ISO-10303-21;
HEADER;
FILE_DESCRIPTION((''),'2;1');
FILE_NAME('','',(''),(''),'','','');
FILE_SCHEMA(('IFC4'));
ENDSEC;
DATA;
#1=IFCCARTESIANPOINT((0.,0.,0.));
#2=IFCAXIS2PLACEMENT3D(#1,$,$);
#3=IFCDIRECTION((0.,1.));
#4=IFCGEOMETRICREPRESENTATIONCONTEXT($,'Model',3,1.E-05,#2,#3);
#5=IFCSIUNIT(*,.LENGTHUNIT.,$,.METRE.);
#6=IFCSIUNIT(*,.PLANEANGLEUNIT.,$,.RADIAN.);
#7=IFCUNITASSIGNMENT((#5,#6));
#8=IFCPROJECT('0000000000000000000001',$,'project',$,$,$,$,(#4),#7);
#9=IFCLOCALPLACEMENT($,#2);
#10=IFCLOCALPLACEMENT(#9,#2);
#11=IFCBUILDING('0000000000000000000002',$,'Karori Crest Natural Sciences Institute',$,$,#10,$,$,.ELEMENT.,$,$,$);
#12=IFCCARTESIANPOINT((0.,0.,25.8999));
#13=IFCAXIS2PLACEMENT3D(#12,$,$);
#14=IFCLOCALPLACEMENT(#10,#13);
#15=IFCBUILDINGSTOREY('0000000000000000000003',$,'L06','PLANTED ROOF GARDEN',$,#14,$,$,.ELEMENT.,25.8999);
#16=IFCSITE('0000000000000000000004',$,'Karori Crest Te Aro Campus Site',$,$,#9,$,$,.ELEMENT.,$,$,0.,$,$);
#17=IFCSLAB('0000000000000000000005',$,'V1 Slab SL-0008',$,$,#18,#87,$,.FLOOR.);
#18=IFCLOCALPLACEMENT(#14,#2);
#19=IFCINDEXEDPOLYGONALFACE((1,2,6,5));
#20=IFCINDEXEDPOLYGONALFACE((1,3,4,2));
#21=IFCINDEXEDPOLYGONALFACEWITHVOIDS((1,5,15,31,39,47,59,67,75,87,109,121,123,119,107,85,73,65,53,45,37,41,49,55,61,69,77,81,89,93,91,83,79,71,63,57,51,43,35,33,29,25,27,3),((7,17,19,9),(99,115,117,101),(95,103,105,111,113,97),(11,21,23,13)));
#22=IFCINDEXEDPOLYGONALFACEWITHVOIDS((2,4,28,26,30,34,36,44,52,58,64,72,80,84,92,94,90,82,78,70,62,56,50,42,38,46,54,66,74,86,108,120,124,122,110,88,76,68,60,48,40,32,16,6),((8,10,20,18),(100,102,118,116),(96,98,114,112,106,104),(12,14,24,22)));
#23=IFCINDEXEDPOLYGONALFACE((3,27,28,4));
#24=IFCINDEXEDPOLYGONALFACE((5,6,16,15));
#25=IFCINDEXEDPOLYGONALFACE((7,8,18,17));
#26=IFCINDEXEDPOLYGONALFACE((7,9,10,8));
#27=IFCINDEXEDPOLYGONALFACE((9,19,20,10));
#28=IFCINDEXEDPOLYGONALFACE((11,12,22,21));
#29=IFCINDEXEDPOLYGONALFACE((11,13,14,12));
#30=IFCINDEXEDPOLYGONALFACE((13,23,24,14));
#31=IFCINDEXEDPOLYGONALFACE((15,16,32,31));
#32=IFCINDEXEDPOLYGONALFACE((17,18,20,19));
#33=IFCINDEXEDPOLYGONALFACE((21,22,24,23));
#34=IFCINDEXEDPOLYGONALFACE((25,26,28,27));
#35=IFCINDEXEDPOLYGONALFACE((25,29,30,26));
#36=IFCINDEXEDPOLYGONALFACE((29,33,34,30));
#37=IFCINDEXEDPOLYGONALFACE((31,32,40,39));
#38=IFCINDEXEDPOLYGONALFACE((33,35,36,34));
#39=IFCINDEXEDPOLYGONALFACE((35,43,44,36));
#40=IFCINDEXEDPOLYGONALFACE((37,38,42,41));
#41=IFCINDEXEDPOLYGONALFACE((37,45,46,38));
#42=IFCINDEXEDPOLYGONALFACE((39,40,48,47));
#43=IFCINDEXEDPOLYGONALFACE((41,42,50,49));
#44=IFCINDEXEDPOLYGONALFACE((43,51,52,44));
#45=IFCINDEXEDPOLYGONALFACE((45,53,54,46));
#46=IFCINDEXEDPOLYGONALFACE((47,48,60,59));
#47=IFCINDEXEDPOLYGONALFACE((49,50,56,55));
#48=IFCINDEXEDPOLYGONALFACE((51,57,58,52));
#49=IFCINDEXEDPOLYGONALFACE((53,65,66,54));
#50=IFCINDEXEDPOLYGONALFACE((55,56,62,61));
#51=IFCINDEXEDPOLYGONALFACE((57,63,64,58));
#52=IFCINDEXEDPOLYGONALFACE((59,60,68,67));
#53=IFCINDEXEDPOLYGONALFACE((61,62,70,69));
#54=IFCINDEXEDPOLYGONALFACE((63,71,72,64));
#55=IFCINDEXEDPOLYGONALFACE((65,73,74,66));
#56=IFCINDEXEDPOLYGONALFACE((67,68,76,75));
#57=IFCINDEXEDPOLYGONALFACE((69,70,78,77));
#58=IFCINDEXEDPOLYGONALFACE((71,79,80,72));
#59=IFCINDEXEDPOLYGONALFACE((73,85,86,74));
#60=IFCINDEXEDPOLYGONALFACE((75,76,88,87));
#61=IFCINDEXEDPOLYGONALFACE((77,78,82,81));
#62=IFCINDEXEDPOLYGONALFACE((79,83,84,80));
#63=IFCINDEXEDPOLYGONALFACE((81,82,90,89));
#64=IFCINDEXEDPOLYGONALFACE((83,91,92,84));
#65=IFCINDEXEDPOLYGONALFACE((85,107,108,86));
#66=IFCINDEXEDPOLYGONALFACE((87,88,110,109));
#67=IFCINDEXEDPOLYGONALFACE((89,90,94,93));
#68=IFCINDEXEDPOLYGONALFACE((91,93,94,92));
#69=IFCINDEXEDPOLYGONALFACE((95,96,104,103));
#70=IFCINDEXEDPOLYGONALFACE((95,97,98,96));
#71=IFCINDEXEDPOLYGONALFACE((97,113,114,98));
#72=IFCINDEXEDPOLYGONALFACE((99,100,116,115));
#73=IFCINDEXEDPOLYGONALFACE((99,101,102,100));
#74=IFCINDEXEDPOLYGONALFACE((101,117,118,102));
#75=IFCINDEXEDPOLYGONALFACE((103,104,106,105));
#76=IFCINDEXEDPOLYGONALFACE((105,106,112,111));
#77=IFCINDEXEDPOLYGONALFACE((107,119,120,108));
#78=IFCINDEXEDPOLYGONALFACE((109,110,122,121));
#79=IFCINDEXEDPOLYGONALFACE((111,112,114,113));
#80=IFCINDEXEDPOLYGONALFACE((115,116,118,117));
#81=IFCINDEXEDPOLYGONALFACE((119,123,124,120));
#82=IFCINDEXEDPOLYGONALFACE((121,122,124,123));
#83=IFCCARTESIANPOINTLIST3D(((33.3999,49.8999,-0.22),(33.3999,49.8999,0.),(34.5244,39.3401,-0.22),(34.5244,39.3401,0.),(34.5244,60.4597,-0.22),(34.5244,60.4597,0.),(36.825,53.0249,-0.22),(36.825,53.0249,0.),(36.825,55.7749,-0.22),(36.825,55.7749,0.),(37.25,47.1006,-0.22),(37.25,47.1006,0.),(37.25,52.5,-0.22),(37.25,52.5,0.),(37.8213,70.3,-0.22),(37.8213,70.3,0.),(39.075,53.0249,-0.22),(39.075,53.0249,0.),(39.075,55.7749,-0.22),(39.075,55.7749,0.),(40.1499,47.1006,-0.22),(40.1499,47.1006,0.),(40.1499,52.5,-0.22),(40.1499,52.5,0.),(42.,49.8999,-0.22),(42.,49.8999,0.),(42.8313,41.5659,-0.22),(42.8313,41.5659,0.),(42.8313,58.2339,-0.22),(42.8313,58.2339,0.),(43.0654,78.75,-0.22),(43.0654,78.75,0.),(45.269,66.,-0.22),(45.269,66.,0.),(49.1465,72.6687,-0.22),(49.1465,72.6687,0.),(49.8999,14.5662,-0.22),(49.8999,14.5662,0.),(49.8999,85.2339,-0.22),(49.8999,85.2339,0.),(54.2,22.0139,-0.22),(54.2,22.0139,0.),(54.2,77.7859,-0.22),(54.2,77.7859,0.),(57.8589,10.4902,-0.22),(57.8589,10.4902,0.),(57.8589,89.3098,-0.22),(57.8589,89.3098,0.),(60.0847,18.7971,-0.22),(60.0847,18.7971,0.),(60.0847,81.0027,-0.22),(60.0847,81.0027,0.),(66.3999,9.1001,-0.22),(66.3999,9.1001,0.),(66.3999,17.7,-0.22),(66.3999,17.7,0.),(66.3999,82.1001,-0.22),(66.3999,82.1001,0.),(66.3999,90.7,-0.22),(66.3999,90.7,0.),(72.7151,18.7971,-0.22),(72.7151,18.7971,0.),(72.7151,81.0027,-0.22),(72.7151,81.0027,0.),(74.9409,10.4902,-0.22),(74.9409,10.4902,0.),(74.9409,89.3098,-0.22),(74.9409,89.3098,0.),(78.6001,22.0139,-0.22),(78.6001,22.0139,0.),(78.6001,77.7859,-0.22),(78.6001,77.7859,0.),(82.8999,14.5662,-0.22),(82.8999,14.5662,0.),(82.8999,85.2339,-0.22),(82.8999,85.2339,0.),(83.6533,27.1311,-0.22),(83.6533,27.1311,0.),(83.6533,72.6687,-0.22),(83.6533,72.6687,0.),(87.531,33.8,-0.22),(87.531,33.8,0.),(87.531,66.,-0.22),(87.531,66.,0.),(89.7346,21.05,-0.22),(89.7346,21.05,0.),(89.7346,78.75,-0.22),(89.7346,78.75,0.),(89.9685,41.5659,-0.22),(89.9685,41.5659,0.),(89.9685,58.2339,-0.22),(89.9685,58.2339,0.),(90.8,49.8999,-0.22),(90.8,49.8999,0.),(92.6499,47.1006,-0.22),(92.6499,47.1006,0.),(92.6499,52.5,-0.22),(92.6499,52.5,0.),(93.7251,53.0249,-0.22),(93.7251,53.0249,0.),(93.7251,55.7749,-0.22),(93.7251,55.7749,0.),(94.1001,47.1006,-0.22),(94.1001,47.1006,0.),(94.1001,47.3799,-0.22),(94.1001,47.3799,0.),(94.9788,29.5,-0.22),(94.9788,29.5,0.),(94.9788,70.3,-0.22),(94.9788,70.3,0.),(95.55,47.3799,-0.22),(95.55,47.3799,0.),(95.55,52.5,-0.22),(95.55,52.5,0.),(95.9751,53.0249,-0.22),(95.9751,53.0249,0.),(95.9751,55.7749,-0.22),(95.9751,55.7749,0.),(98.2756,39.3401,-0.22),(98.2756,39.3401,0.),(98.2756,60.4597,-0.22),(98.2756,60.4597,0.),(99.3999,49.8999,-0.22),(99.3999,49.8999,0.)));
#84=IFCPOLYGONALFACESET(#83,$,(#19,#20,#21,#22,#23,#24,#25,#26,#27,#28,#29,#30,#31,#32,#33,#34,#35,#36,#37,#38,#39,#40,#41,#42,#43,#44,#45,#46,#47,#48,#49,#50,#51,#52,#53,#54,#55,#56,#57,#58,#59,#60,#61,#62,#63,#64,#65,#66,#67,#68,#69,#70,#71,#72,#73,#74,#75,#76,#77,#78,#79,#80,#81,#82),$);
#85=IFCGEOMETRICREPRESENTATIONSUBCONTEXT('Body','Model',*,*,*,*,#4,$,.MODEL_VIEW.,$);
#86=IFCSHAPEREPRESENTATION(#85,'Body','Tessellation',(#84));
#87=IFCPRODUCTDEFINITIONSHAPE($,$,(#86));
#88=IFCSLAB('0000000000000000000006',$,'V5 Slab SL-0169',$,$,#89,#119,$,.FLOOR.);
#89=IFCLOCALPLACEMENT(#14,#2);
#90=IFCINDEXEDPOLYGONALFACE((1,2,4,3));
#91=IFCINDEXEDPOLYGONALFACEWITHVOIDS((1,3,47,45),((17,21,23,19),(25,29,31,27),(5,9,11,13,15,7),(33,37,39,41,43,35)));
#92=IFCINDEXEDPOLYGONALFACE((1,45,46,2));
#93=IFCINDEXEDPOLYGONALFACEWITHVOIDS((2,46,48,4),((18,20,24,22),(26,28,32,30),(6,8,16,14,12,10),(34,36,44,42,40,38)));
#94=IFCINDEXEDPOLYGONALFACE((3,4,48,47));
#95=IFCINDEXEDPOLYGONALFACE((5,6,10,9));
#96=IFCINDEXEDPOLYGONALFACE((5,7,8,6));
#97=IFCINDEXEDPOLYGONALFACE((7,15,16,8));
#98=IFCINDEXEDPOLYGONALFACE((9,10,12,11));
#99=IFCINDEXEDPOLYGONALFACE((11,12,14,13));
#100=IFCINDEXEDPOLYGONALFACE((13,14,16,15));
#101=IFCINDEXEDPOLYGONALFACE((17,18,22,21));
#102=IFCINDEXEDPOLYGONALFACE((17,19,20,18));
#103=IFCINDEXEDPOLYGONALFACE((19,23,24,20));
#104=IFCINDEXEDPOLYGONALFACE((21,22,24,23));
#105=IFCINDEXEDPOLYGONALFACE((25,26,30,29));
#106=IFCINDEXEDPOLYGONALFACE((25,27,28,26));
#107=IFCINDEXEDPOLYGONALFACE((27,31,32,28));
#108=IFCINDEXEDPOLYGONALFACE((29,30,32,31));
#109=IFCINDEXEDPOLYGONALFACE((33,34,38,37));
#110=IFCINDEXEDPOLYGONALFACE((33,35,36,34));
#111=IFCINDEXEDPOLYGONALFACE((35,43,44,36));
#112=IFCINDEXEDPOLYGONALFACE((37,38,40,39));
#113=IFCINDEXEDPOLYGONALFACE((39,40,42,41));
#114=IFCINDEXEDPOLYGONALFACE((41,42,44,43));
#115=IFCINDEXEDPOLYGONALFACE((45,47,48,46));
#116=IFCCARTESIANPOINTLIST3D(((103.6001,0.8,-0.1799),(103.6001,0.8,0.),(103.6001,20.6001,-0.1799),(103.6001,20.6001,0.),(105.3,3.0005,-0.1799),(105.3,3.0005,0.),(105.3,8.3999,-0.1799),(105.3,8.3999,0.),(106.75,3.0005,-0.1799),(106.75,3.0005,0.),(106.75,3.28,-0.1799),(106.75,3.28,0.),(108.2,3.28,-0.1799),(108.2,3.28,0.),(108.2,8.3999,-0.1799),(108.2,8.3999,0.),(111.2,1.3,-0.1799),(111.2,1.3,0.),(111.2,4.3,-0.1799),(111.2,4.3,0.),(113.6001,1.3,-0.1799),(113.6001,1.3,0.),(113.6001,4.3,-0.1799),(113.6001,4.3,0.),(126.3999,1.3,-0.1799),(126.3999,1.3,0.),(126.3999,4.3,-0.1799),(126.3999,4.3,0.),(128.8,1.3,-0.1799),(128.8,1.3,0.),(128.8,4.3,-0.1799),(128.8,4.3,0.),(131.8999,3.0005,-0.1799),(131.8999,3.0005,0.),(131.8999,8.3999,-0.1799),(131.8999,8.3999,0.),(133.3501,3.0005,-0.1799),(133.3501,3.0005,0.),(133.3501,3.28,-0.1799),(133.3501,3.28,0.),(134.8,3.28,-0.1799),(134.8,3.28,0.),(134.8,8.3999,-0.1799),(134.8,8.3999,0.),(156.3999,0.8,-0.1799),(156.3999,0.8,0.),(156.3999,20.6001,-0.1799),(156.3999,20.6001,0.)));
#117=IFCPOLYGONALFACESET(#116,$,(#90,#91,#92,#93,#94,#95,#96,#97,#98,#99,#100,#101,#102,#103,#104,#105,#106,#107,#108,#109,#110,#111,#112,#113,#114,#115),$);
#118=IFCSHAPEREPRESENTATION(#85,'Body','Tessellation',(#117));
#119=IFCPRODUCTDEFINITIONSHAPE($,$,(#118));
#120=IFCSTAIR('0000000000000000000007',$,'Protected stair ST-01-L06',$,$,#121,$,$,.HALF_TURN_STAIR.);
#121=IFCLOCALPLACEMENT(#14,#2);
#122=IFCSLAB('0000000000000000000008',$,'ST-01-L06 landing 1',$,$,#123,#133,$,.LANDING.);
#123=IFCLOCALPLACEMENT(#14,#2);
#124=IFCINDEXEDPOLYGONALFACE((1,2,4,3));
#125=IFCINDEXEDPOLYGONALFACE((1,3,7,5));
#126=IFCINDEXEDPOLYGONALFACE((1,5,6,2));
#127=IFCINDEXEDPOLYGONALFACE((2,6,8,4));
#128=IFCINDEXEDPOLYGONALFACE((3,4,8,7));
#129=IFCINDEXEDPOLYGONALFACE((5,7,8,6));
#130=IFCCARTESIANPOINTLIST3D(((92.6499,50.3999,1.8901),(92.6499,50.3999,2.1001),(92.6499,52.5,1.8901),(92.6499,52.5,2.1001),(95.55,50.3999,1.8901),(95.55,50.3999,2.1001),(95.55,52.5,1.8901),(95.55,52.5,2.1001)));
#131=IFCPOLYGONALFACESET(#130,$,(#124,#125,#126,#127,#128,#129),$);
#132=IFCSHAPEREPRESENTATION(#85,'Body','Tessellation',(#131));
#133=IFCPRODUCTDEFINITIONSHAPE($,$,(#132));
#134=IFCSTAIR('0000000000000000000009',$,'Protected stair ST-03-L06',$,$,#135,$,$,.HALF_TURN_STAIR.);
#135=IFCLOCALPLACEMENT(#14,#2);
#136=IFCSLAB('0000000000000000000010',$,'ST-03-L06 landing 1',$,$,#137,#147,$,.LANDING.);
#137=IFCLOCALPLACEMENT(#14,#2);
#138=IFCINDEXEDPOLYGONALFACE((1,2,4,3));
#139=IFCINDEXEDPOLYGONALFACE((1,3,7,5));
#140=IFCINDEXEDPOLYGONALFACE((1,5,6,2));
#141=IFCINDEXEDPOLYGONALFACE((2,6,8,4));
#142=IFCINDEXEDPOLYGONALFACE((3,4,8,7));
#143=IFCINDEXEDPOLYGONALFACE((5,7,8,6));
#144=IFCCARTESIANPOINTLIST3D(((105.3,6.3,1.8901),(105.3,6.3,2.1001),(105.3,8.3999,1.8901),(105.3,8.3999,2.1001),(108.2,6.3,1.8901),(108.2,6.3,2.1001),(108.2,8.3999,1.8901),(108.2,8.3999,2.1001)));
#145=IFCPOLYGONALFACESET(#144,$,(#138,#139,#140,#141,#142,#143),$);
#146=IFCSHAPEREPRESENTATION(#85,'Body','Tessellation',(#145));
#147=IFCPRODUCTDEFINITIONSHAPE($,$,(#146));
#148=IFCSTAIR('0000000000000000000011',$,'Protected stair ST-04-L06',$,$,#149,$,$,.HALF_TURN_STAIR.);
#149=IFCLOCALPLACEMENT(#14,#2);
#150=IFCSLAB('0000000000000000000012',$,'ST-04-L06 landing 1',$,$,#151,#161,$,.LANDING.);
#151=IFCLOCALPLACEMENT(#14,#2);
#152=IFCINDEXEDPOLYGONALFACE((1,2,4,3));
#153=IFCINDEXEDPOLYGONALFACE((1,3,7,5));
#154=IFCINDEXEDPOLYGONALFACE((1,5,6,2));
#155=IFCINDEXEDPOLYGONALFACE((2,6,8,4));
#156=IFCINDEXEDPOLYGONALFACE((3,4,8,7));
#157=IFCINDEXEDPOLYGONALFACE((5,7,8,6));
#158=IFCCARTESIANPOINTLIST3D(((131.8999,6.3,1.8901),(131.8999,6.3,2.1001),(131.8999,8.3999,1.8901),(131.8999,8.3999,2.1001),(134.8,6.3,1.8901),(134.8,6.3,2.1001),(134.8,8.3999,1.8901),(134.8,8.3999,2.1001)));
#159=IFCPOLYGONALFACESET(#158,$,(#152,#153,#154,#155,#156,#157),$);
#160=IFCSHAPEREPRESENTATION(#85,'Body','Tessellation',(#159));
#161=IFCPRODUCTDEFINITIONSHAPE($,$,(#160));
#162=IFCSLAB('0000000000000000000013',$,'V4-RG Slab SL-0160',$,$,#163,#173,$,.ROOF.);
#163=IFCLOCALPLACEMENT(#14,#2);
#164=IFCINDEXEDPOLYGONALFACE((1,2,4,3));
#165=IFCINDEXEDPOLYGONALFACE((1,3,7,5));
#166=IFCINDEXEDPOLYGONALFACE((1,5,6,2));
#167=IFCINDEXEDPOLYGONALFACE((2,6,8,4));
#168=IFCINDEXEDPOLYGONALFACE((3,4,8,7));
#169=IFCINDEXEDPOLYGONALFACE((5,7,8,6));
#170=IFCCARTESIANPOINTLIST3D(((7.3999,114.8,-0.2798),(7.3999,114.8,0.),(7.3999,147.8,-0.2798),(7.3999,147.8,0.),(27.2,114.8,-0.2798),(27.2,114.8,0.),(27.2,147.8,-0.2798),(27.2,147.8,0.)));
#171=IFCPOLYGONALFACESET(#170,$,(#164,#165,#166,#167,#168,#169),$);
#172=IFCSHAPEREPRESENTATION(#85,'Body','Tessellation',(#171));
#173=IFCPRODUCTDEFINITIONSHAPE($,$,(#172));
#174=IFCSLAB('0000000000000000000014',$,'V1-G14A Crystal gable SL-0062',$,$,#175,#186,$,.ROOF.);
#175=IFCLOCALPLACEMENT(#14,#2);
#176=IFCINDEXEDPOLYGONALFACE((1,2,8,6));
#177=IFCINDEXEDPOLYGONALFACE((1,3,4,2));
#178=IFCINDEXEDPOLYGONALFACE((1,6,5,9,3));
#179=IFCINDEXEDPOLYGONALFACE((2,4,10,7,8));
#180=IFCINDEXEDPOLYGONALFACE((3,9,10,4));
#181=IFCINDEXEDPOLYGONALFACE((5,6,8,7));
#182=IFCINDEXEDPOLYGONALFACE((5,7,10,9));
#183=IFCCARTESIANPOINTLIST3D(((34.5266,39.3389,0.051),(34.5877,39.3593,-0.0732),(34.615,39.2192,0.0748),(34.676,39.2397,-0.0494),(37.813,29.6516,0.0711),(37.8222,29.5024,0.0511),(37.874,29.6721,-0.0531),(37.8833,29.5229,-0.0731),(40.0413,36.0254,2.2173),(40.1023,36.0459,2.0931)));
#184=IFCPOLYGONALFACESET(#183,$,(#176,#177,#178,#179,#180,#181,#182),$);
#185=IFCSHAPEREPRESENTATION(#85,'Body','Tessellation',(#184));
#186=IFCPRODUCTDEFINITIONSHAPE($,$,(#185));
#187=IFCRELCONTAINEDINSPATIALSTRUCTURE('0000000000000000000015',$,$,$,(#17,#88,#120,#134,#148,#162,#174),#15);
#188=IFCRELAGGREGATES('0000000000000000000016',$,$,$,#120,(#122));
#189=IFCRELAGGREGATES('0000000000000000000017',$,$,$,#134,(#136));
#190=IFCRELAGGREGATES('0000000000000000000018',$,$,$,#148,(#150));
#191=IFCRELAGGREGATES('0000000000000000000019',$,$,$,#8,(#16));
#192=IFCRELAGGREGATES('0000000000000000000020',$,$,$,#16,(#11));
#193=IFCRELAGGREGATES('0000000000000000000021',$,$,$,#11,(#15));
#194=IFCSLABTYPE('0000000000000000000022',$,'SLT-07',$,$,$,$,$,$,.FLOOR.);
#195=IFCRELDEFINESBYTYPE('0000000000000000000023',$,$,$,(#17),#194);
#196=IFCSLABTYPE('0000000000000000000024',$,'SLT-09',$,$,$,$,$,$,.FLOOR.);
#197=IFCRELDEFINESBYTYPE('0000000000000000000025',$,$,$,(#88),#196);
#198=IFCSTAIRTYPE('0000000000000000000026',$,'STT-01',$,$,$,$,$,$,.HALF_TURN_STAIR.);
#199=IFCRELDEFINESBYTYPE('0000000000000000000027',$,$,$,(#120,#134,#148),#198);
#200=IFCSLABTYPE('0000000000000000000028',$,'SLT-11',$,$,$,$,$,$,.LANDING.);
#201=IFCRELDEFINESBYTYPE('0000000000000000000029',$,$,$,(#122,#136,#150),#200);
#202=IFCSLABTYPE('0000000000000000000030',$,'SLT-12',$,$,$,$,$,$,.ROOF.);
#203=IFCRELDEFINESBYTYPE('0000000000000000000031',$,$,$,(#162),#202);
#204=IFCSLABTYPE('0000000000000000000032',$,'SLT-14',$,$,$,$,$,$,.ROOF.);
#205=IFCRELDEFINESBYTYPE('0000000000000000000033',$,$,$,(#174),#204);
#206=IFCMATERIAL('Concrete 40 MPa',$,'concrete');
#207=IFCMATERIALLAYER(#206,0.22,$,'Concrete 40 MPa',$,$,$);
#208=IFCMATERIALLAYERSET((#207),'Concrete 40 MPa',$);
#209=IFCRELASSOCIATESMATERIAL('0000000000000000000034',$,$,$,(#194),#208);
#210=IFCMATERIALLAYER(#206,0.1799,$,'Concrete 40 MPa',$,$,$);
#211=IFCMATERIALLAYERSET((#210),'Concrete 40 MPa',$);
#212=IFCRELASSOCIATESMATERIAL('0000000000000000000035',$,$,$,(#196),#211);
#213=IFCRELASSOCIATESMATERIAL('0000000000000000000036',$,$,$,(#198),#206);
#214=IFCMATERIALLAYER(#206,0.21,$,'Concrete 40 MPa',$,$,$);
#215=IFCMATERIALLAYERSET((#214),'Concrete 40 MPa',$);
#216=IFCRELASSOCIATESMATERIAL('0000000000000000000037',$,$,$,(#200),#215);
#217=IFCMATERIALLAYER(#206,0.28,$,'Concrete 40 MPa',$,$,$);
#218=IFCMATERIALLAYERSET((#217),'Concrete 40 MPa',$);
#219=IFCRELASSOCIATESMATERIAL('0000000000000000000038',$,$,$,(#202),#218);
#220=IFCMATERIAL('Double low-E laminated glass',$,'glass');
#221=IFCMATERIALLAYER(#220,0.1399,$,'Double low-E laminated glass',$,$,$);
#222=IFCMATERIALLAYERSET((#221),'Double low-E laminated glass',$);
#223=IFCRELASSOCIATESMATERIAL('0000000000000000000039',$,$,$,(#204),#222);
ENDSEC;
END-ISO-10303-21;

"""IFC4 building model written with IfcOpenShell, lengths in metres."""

from ifc_helpers import new_model, si_unit, direction, frame, origin, place, context, subcontext, project, spatial, polyline, outline, extrude, material, layer, layer_set, type_object, element, aggregate, save


model = new_model("IFC4")

# Units and contexts
model_context = context("Model", 3, precision=1e-05, world=origin(), true_north=direction((0.0, 1.0)))
body_context = subcontext(model_context, "Body", "Model", "MODEL_VIEW")
ifc_project = project(units=[si_unit("LENGTHUNIT", "METRE"), si_unit("PLANEANGLEUNIT", "RADIAN")], contexts=[model_context])

# Site, building, storey
site_placement = place(None, origin())
site = spatial("IfcSite", under=ifc_project, at=site_placement, Name="Karori Crest Te Aro Campus Site", CompositionType="ELEMENT", RefElevation=0.0)
building_placement = place(site_placement, origin())
building = spatial("IfcBuilding", under=site, at=building_placement, Name="Karori Crest Natural Sciences Institute", CompositionType="ELEMENT")
storey_placement = place(building_placement, frame((0.0, 0.0, 25.8999)))
storey = spatial("IfcBuildingStorey", under=building, at=storey_placement, Name="L06", Description="PLANTED ROOF GARDEN", CompositionType="ELEMENT", Elevation=25.8999)

# Shared definitions
ifc_material_1 = material(Name="Double low-E laminated glass", Category="glass")

# Slabs
ifc_material_2 = material(Name="Concrete 40 MPa", Category="concrete")
ifc_layer_1 = layer(ifc_material_2, 0.22, Name="Concrete 40 MPa")
ifc_layer_set_1 = layer_set([ifc_layer_1], Name="Concrete 40 MPa")
slab_type_1 = type_object("IfcSlabType", Name="SLT-07", PredefinedType="FLOOR", material=ifc_layer_set_1)
slab_1_placement = place(storey_placement, frame((0.0, 0.0, -0.22)))
element("IfcSlab", 1, at=slab_1_placement, inside=storey, type_object=slab_type_1, Name="V1 Slab SL-0008", PredefinedType="FLOOR", context=body_context, shape_type="SweptSolid", body=[
    extrude(outline(polyline([(49.8999, 14.5662), (57.8589, 10.4902), (66.3999, 9.1001), (74.9409, 10.4902), (82.8999, 14.5662), (89.7346, 21.05), (94.9788, 29.5), (98.2756, 39.3401), (99.3999, 49.8999), (98.2756, 60.4597), (94.9788, 70.3), (89.7346, 78.75), (82.8999, 85.2339), (74.9409, 89.3098), (66.3999, 90.7), (57.8589, 89.3098), (49.8999, 85.2339), (43.0654, 78.75), (37.8213, 70.3), (34.5244, 60.4597), (33.3999, 49.8999), (34.5244, 39.3401), (42.8313, 41.5659), (42.0, 49.8999), (42.8313, 58.2339), (45.269, 66.0), (49.1465, 72.6687), (54.2, 77.7859), (60.0847, 81.0027), (66.3999, 82.1001), (72.7151, 81.0027), (78.6001, 77.7859), (83.6533, 72.6687), (87.531, 66.0), (89.9685, 58.2339), (90.8, 49.8999), (89.9685, 41.5659), (87.531, 33.8), (83.6533, 27.1311), (78.6001, 22.0139), (72.7151, 18.7971), (66.3999, 17.7), (60.0847, 18.7971), (54.2, 22.0139), (49.8999, 14.5662)]), holes=[polyline([(95.55, 47.3799), (94.1001, 47.3799), (94.1001, 47.1006), (92.6499, 47.1006), (92.6499, 52.5), (95.55, 52.5), (95.55, 47.3799)]), polyline([(40.1499, 47.1006), (37.25, 47.1006), (37.25, 52.5), (40.1499, 52.5), (40.1499, 47.1006)]), polyline([(93.7251, 55.7749), (95.9751, 55.7749), (95.9751, 53.0249), (93.7251, 53.0249), (93.7251, 55.7749)]), polyline([(36.825, 55.7749), (39.075, 55.7749), (39.075, 53.0249), (36.825, 53.0249), (36.825, 55.7749)])]), origin(), (0.0, 0.0, 1.0), 0.22),
])
ifc_layer_2 = layer(ifc_material_2, 0.1799, Name="Concrete 40 MPa")
ifc_layer_set_2 = layer_set([ifc_layer_2], Name="Concrete 40 MPa")
slab_type_2 = type_object("IfcSlabType", Name="SLT-09", PredefinedType="FLOOR", material=ifc_layer_set_2)
slab_2_placement = place(storey_placement, frame((0.0, 0.0, -0.1799)))
element("IfcSlab", 2, at=slab_2_placement, inside=storey, type_object=slab_type_2, Name="V5 Slab SL-0169", PredefinedType="FLOOR", context=body_context, shape_type="SweptSolid", body=[
    extrude(outline(polyline([(103.6001, 0.8), (156.3999, 0.8), (156.3999, 20.6001), (103.6001, 20.6001), (103.6001, 0.8)]), holes=[polyline([(108.2, 3.28), (106.75, 3.28), (106.75, 3.0005), (105.3, 3.0005), (105.3, 8.3999), (108.2, 8.3999), (108.2, 3.28)]), polyline([(134.8, 3.28), (133.3501, 3.28), (133.3501, 3.0005), (131.8999, 3.0005), (131.8999, 8.3999), (134.8, 8.3999), (134.8, 3.28)]), polyline([(111.2, 4.3), (113.6001, 4.3), (113.6001, 1.3), (111.2, 1.3), (111.2, 4.3)]), polyline([(126.3999, 4.3), (128.8, 4.3), (128.8, 1.3), (126.3999, 1.3), (126.3999, 4.3)])]), origin(), (0.0, 0.0, 1.0), 0.1799),
])

# Stairs, slabs
stair_type = type_object("IfcStairType", Name="STT-01", PredefinedType="HALF_TURN_STAIR", material=ifc_material_2)
stair_1_placement = place(storey_placement, origin())
stair_1 = element("IfcStair", 3, at=stair_1_placement, inside=storey, type_object=stair_type, Name="Protected stair ST-01-L06", PredefinedType="HALF_TURN_STAIR")
ifc_layer_3 = layer(ifc_material_2, 0.21, Name="Concrete 40 MPa")
ifc_layer_set_3 = layer_set([ifc_layer_3], Name="Concrete 40 MPa")
slab_type_3 = type_object("IfcSlabType", Name="SLT-11", PredefinedType="LANDING", material=ifc_layer_set_3)
slab_3_placement = place(storey_placement, frame((0.0, 0.0, 1.8901)))
slab_3 = element("IfcSlab", 4, at=slab_3_placement, type_object=slab_type_3, Name="ST-01-L06 landing 1", PredefinedType="LANDING", context=body_context, shape_type="SweptSolid", body=[
    extrude(outline(polyline([(95.55, 50.3999), (95.55, 52.5), (92.6499, 52.5), (92.6499, 50.3999), (95.55, 50.3999)])), origin(), (0.0, 0.0, 1.0), 0.21),
])
aggregate(stair_1, [slab_3])
stair_2_placement = place(storey_placement, origin())
stair_2 = element("IfcStair", 5, at=stair_2_placement, inside=storey, type_object=stair_type, Name="Protected stair ST-03-L06", PredefinedType="HALF_TURN_STAIR")
slab_4_placement = place(storey_placement, frame((0.0, 0.0, 1.8901)))
slab_4 = element("IfcSlab", 6, at=slab_4_placement, type_object=slab_type_3, Name="ST-03-L06 landing 1", PredefinedType="LANDING", context=body_context, shape_type="SweptSolid", body=[
    extrude(outline(polyline([(108.2, 6.3), (108.2, 8.3999), (105.3, 8.3999), (105.3, 6.3), (108.2, 6.3)])), origin(), (0.0, 0.0, 1.0), 0.21),
])
aggregate(stair_2, [slab_4])
stair_3_placement = place(storey_placement, origin())
stair_3 = element("IfcStair", 7, at=stair_3_placement, inside=storey, type_object=stair_type, Name="Protected stair ST-04-L06", PredefinedType="HALF_TURN_STAIR")
slab_5_placement = place(storey_placement, frame((0.0, 0.0, 1.8901)))
slab_5 = element("IfcSlab", 8, at=slab_5_placement, type_object=slab_type_3, Name="ST-04-L06 landing 1", PredefinedType="LANDING", context=body_context, shape_type="SweptSolid", body=[
    extrude(outline(polyline([(134.8, 6.3), (134.8, 8.3999), (131.8999, 8.3999), (131.8999, 6.3), (134.8, 6.3)])), origin(), (0.0, 0.0, 1.0), 0.21),
])
aggregate(stair_3, [slab_5])

# Slab
ifc_layer_4 = layer(ifc_material_2, 0.28, Name="Concrete 40 MPa")
ifc_layer_set_4 = layer_set([ifc_layer_4], Name="Concrete 40 MPa")
slab_type_4 = type_object("IfcSlabType", Name="SLT-12", PredefinedType="ROOF", material=ifc_layer_set_4)
slab_6_placement = place(storey_placement, frame((0.0, 0.0, -0.2798)))
element("IfcSlab", 9, at=slab_6_placement, inside=storey, type_object=slab_type_4, Name="V4-RG Slab SL-0160", PredefinedType="ROOF", context=body_context, shape_type="SweptSolid", body=[
    extrude(outline(polyline([(7.3999, 114.8), (27.2, 114.8), (27.2, 147.8), (7.3999, 147.8), (7.3999, 114.8)])), origin(), (0.0, 0.0, 1.0), 0.2798),
])

# Slab
ifc_layer_5 = layer(ifc_material_1, 0.1399, Name="Double low-E laminated glass")
ifc_layer_set_5 = layer_set([ifc_layer_5], Name="Double low-E laminated glass")
slab_type_5 = type_object("IfcSlabType", Name="SLT-14", PredefinedType="ROOF", material=ifc_layer_set_5)
slab_7_placement = place(storey_placement, frame((34.5266, 39.3389, 0.051), z_axis=(-0.436589, -0.146271, 0.887691), x_axis=(0.317686, -0.948196, 0.000006)))
element("IfcSlab", 10, at=slab_7_placement, inside=storey, type_object=slab_type_5, Name="V1-G14A Crystal gable SL-0062", PredefinedType="ROOF", context=body_context, shape_type="SweptSolid", body=[
    extrude(outline(polyline([(0.0, 0.0), (10.3738, 0.0), (10.2295, 0.0435), (4.8938, 4.7047), (0.1415, 0.0516), (0.0, 0.0)])), origin(), (0.0, 0.0, -1.0), 0.1399),
])

save(model, "model.ifc")
